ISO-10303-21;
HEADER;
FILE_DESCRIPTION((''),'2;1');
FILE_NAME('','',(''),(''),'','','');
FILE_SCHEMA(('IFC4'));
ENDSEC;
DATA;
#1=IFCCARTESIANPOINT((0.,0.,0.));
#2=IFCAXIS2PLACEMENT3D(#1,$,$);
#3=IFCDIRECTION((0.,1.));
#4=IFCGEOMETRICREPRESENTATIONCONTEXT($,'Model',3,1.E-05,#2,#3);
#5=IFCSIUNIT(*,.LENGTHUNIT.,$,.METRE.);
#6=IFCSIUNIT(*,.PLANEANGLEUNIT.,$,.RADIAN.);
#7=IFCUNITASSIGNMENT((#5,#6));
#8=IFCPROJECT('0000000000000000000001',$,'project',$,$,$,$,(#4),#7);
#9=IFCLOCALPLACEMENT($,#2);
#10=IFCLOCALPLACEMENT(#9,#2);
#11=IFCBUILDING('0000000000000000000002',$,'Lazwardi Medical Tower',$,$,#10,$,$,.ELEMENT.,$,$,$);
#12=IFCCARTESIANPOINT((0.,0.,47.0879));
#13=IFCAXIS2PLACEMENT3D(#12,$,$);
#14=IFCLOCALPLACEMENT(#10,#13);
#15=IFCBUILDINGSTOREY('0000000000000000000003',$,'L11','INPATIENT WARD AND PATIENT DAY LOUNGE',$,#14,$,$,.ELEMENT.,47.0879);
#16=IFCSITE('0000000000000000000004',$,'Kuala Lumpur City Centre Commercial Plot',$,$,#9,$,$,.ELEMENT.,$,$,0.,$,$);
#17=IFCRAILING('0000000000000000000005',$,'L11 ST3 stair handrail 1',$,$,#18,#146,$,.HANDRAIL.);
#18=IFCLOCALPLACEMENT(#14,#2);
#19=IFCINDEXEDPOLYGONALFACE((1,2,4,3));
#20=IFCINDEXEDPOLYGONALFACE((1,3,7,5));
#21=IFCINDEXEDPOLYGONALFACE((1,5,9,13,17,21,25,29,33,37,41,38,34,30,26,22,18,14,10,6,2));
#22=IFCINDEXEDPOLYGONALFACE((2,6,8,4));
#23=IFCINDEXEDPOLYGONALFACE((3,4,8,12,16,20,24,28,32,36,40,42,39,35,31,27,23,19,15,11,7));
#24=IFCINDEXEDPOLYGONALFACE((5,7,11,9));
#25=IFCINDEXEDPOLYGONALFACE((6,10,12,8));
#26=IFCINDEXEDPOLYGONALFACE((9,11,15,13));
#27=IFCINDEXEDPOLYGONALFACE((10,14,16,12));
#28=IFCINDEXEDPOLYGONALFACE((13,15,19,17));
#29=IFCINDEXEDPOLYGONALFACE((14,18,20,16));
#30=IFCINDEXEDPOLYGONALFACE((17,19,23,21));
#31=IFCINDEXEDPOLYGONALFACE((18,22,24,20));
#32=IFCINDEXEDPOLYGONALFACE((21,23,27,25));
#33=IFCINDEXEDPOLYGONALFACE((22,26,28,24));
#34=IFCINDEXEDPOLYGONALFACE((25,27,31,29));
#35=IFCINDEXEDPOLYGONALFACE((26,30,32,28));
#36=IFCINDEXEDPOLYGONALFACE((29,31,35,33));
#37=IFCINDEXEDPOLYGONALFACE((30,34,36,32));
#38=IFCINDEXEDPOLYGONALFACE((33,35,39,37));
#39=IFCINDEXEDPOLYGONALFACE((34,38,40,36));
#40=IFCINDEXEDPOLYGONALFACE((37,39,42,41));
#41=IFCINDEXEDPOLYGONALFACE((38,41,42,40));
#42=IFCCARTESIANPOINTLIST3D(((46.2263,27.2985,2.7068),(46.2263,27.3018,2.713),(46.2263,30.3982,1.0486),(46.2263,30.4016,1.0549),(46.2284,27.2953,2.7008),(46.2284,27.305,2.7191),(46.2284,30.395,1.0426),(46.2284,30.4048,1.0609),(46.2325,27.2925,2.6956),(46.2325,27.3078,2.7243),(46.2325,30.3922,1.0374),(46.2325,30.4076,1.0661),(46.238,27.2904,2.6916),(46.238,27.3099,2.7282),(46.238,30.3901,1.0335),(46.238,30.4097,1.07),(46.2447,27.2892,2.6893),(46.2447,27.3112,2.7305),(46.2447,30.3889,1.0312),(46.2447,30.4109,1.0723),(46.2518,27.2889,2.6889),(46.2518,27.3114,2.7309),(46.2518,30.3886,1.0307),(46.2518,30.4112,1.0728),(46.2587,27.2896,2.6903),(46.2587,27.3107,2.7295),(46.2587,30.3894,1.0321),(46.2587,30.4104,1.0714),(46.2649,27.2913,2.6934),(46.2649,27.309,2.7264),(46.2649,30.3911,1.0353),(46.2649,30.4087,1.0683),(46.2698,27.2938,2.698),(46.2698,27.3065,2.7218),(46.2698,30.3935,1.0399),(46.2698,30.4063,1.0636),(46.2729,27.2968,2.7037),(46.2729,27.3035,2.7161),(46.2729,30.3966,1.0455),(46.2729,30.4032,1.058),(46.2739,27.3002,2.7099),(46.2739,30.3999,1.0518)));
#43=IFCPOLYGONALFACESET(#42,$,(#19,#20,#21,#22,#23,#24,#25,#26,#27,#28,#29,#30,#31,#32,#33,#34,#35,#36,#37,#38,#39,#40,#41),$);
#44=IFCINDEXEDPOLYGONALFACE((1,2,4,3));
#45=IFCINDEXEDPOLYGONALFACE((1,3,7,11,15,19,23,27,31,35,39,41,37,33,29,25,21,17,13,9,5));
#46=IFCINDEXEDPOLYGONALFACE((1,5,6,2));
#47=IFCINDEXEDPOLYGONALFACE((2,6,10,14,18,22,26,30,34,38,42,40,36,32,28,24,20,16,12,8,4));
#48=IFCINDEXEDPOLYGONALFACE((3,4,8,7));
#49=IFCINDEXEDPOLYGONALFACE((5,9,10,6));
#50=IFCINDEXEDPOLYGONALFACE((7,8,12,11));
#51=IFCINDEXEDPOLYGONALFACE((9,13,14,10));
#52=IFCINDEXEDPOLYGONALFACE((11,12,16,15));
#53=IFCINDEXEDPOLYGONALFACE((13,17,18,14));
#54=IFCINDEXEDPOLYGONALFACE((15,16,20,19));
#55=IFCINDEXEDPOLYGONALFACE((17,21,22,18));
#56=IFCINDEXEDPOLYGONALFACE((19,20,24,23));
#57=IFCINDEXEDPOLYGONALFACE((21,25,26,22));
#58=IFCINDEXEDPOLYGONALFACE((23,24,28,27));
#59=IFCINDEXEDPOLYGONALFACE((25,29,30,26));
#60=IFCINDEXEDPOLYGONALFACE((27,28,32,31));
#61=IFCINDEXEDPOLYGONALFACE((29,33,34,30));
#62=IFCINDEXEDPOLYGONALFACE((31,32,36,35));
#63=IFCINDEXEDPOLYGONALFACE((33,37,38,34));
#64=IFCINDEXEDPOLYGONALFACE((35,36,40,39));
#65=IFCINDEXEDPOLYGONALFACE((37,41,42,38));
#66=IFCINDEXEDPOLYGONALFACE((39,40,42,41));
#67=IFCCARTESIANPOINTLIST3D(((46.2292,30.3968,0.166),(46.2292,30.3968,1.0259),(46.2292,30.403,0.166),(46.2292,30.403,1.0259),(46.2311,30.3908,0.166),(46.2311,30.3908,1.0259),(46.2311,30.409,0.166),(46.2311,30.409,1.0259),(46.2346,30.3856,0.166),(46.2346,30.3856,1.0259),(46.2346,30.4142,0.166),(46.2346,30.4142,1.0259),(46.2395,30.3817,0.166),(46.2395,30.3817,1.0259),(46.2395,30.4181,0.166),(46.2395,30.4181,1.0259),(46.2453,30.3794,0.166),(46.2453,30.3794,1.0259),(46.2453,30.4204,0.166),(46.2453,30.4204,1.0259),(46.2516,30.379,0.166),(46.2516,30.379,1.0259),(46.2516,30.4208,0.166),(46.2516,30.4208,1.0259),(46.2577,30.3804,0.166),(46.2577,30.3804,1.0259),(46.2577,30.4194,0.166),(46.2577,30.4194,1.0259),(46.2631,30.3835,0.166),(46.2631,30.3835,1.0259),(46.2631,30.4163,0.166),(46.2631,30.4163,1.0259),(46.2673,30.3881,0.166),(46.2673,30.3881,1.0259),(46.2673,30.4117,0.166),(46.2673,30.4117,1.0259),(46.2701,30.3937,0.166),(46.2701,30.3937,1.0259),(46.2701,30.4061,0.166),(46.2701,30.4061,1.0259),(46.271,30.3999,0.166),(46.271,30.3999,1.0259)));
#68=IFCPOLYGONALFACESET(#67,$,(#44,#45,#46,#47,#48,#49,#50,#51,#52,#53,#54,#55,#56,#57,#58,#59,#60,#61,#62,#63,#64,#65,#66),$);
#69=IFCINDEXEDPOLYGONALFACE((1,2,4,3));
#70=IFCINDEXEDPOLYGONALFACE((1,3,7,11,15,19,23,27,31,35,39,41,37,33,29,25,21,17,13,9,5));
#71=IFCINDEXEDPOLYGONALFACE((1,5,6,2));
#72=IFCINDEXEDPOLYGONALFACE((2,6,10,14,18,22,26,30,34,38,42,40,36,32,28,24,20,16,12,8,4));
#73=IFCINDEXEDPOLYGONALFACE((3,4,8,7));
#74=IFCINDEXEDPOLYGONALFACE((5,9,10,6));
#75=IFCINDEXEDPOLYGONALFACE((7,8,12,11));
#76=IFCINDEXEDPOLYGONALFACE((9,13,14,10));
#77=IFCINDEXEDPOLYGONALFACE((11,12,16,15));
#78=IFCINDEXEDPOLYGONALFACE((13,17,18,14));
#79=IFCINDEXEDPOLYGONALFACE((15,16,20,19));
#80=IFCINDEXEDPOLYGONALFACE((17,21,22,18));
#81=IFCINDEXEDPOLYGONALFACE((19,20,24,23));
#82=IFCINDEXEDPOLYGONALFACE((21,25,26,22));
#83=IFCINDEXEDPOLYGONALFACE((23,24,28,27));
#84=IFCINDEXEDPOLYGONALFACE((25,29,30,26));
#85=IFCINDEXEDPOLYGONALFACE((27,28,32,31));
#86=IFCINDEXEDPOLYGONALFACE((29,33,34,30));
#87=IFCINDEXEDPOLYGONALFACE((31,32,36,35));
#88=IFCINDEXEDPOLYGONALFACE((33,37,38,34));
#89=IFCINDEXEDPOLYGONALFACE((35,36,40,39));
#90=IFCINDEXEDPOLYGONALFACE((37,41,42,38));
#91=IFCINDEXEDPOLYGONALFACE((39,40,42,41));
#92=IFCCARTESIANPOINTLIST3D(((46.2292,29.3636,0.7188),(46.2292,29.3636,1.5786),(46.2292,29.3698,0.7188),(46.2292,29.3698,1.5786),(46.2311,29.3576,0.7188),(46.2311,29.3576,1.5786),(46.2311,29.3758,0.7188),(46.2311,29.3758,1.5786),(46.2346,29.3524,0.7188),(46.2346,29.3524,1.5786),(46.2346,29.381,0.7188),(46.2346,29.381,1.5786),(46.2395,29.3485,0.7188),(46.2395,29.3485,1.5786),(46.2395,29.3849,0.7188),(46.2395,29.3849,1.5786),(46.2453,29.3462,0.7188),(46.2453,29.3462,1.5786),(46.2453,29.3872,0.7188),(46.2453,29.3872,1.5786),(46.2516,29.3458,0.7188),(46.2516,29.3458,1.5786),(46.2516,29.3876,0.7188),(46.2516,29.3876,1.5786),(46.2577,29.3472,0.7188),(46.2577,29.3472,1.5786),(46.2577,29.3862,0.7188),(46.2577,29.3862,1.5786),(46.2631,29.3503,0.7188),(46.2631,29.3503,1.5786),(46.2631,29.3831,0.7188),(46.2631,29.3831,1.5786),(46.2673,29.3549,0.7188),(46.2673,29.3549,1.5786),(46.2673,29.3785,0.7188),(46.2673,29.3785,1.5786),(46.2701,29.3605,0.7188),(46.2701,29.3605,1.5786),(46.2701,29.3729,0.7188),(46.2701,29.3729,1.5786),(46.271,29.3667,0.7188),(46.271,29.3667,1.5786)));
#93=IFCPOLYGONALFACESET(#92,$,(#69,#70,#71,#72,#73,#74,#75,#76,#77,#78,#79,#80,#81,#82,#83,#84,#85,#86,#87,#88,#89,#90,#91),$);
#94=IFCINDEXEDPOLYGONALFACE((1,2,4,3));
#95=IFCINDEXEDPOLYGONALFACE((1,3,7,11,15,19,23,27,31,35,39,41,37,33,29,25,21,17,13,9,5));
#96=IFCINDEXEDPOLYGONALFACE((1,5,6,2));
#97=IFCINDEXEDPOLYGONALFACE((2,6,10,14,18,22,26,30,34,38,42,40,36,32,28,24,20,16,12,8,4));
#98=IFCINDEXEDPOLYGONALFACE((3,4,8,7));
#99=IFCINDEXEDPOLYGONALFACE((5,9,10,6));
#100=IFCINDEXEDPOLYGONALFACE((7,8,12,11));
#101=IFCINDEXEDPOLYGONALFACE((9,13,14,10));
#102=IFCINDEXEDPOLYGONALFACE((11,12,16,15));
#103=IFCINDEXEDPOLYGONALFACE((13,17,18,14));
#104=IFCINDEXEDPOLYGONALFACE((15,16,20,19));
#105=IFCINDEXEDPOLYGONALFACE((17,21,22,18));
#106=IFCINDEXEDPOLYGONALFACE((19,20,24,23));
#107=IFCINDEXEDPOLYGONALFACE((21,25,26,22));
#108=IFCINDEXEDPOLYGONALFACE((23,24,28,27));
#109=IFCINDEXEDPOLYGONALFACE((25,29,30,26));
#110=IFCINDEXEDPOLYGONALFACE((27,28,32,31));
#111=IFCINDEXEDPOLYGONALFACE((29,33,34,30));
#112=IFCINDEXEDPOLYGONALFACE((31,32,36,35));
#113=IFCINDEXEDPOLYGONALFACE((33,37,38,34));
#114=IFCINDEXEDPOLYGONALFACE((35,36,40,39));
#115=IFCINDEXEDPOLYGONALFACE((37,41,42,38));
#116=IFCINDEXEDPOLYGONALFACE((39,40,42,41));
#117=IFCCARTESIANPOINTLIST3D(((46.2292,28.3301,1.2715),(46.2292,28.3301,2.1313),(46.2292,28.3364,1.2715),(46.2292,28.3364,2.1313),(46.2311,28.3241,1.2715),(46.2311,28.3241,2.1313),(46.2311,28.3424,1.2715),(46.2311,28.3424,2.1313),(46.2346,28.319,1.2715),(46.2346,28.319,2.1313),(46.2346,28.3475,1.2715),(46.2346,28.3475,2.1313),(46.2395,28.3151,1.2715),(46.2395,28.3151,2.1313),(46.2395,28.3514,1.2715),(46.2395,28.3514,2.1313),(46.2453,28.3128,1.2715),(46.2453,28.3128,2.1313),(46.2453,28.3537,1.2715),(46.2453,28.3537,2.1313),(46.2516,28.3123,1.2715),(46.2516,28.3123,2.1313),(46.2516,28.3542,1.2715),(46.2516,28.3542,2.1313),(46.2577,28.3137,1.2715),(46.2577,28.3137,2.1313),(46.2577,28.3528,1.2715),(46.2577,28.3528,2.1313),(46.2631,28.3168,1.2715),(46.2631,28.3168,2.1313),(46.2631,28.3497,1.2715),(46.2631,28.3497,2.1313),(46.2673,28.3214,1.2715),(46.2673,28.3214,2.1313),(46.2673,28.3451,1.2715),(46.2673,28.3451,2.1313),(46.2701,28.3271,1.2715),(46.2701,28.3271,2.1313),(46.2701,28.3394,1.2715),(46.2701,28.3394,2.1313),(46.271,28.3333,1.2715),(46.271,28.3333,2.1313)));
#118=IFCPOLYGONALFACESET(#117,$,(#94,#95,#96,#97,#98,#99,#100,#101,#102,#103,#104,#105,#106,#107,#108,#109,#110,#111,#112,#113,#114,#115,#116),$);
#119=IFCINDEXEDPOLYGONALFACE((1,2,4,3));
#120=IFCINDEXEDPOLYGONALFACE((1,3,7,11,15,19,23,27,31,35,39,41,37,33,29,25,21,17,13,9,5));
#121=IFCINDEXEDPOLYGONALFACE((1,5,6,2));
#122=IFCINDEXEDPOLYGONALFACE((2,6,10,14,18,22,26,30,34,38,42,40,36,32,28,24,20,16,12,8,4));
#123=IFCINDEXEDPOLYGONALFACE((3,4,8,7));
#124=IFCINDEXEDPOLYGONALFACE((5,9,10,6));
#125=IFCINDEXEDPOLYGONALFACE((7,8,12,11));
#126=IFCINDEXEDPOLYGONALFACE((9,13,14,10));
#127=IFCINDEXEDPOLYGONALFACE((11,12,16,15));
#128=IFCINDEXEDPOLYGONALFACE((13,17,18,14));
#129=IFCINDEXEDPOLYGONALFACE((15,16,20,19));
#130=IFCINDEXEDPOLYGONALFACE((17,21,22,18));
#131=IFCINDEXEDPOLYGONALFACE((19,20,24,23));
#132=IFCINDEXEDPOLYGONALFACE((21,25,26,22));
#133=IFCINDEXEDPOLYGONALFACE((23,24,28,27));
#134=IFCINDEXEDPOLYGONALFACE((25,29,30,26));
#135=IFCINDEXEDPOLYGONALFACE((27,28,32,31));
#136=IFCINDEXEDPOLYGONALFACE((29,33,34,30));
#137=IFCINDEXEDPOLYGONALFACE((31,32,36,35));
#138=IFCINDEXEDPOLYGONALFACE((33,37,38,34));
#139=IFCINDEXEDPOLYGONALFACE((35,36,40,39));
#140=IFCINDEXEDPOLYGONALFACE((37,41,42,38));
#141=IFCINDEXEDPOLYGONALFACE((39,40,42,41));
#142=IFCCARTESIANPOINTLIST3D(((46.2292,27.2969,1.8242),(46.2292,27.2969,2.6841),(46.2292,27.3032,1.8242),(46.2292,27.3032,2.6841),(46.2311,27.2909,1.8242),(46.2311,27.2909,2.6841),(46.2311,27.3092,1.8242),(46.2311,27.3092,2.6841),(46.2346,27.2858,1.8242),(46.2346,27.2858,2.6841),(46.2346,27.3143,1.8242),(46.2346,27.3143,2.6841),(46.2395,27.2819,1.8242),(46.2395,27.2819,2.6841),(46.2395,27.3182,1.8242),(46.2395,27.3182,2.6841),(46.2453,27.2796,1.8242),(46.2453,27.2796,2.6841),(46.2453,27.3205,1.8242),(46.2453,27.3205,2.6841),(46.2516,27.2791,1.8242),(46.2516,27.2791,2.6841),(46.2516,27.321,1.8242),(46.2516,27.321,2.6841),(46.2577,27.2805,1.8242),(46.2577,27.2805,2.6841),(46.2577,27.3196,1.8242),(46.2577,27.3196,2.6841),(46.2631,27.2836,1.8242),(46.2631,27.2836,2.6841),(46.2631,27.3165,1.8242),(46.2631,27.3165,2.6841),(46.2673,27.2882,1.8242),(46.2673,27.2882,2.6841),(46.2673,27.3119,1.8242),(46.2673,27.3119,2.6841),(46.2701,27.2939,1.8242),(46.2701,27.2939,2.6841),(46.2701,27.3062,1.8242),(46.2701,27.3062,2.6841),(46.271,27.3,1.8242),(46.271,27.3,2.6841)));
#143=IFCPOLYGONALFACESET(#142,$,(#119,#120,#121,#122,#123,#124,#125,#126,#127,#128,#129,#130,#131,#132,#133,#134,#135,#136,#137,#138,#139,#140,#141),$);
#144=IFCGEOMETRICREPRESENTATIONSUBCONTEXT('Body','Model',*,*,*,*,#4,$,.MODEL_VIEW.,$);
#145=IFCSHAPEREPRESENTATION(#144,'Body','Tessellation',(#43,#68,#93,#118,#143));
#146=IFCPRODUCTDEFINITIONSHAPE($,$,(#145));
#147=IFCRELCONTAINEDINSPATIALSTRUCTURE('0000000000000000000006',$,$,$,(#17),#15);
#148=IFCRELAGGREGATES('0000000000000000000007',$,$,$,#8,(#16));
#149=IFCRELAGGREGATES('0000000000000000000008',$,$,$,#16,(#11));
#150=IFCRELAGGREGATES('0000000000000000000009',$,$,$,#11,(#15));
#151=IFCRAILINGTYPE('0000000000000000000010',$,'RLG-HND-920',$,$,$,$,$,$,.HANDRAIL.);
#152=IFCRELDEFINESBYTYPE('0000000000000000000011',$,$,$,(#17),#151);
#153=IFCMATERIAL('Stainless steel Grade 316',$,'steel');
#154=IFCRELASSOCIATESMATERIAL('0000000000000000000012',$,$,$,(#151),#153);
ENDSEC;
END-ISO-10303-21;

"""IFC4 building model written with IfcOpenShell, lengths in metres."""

from ifc_helpers import new_model, si_unit, direction, frame, origin, origin_2d, place, context, subcontext, project, spatial, circle, extrude, material, type_object, element, save


model = new_model("IFC4")

# Units and contexts
model_context = context("Model", 3, precision=1e-05, world=origin(), true_north=direction((0.0, 1.0)))
body_context = subcontext(model_context, "Body", "Model", "MODEL_VIEW")
ifc_project = project(units=[si_unit("LENGTHUNIT", "METRE"), si_unit("PLANEANGLEUNIT", "RADIAN")], contexts=[model_context])

# Site, building, storey
site_placement = place(None, origin())
site = spatial("IfcSite", under=ifc_project, at=site_placement, Name="Kuala Lumpur City Centre Commercial Plot", CompositionType="ELEMENT", RefElevation=0.0)
building_placement = place(site_placement, origin())
building = spatial("IfcBuilding", under=site, at=building_placement, Name="Lazwardi Medical Tower", CompositionType="ELEMENT")
storey_placement = place(building_placement, frame((0.0, 0.0, 47.0879)))
storey = spatial("IfcBuildingStorey", under=building, at=storey_placement, Name="L11", Description="INPATIENT WARD AND PATIENT DAY LOUNGE", CompositionType="ELEMENT", Elevation=47.0879)

# Railing
ifc_material_1 = material(Name="Stainless steel Grade 316", Category="steel")
railing_type_1 = type_object("IfcRailingType", Name="RLG-HND-920", PredefinedType="HANDRAIL", material=ifc_material_1)
railing_1_placement = place(storey_placement, frame((46.25, 30.3999, 0.166)))
element("IfcRailing", 1, at=railing_1_placement, inside=storey, type_object=railing_type_1, Name="L11 ST3 stair handrail 1", PredefinedType="HANDRAIL", context=body_context, shape_type="SweptSolid", body=[
    extrude(circle(Radius=0.0239, at=origin_2d()), frame((0.0, 0.0, 0.8857), z_axis=(0.0, -0.881768, 0.471684), x_axis=(1.0, 0.0, 0.0)), (0.0, 0.0, 1.0), 3.5154),
    extrude(circle(Radius=0.021, at=origin_2d()), origin(), (0.0, 0.0, 1.0), 0.8599),
    extrude(circle(Radius=0.021, at=origin_2d()), frame((0.0, -1.0332, 0.5527)), (0.0, 0.0, 1.0), 0.8599),
    extrude(circle(Radius=0.021, at=origin_2d()), frame((0.0, -2.0667, 1.1055)), (0.0, 0.0, 1.0), 0.8599),
    extrude(circle(Radius=0.021, at=origin_2d()), frame((0.0, -3.0999, 1.6582)), (0.0, 0.0, 1.0), 0.8599),
])

save(model, "model.ifc")
